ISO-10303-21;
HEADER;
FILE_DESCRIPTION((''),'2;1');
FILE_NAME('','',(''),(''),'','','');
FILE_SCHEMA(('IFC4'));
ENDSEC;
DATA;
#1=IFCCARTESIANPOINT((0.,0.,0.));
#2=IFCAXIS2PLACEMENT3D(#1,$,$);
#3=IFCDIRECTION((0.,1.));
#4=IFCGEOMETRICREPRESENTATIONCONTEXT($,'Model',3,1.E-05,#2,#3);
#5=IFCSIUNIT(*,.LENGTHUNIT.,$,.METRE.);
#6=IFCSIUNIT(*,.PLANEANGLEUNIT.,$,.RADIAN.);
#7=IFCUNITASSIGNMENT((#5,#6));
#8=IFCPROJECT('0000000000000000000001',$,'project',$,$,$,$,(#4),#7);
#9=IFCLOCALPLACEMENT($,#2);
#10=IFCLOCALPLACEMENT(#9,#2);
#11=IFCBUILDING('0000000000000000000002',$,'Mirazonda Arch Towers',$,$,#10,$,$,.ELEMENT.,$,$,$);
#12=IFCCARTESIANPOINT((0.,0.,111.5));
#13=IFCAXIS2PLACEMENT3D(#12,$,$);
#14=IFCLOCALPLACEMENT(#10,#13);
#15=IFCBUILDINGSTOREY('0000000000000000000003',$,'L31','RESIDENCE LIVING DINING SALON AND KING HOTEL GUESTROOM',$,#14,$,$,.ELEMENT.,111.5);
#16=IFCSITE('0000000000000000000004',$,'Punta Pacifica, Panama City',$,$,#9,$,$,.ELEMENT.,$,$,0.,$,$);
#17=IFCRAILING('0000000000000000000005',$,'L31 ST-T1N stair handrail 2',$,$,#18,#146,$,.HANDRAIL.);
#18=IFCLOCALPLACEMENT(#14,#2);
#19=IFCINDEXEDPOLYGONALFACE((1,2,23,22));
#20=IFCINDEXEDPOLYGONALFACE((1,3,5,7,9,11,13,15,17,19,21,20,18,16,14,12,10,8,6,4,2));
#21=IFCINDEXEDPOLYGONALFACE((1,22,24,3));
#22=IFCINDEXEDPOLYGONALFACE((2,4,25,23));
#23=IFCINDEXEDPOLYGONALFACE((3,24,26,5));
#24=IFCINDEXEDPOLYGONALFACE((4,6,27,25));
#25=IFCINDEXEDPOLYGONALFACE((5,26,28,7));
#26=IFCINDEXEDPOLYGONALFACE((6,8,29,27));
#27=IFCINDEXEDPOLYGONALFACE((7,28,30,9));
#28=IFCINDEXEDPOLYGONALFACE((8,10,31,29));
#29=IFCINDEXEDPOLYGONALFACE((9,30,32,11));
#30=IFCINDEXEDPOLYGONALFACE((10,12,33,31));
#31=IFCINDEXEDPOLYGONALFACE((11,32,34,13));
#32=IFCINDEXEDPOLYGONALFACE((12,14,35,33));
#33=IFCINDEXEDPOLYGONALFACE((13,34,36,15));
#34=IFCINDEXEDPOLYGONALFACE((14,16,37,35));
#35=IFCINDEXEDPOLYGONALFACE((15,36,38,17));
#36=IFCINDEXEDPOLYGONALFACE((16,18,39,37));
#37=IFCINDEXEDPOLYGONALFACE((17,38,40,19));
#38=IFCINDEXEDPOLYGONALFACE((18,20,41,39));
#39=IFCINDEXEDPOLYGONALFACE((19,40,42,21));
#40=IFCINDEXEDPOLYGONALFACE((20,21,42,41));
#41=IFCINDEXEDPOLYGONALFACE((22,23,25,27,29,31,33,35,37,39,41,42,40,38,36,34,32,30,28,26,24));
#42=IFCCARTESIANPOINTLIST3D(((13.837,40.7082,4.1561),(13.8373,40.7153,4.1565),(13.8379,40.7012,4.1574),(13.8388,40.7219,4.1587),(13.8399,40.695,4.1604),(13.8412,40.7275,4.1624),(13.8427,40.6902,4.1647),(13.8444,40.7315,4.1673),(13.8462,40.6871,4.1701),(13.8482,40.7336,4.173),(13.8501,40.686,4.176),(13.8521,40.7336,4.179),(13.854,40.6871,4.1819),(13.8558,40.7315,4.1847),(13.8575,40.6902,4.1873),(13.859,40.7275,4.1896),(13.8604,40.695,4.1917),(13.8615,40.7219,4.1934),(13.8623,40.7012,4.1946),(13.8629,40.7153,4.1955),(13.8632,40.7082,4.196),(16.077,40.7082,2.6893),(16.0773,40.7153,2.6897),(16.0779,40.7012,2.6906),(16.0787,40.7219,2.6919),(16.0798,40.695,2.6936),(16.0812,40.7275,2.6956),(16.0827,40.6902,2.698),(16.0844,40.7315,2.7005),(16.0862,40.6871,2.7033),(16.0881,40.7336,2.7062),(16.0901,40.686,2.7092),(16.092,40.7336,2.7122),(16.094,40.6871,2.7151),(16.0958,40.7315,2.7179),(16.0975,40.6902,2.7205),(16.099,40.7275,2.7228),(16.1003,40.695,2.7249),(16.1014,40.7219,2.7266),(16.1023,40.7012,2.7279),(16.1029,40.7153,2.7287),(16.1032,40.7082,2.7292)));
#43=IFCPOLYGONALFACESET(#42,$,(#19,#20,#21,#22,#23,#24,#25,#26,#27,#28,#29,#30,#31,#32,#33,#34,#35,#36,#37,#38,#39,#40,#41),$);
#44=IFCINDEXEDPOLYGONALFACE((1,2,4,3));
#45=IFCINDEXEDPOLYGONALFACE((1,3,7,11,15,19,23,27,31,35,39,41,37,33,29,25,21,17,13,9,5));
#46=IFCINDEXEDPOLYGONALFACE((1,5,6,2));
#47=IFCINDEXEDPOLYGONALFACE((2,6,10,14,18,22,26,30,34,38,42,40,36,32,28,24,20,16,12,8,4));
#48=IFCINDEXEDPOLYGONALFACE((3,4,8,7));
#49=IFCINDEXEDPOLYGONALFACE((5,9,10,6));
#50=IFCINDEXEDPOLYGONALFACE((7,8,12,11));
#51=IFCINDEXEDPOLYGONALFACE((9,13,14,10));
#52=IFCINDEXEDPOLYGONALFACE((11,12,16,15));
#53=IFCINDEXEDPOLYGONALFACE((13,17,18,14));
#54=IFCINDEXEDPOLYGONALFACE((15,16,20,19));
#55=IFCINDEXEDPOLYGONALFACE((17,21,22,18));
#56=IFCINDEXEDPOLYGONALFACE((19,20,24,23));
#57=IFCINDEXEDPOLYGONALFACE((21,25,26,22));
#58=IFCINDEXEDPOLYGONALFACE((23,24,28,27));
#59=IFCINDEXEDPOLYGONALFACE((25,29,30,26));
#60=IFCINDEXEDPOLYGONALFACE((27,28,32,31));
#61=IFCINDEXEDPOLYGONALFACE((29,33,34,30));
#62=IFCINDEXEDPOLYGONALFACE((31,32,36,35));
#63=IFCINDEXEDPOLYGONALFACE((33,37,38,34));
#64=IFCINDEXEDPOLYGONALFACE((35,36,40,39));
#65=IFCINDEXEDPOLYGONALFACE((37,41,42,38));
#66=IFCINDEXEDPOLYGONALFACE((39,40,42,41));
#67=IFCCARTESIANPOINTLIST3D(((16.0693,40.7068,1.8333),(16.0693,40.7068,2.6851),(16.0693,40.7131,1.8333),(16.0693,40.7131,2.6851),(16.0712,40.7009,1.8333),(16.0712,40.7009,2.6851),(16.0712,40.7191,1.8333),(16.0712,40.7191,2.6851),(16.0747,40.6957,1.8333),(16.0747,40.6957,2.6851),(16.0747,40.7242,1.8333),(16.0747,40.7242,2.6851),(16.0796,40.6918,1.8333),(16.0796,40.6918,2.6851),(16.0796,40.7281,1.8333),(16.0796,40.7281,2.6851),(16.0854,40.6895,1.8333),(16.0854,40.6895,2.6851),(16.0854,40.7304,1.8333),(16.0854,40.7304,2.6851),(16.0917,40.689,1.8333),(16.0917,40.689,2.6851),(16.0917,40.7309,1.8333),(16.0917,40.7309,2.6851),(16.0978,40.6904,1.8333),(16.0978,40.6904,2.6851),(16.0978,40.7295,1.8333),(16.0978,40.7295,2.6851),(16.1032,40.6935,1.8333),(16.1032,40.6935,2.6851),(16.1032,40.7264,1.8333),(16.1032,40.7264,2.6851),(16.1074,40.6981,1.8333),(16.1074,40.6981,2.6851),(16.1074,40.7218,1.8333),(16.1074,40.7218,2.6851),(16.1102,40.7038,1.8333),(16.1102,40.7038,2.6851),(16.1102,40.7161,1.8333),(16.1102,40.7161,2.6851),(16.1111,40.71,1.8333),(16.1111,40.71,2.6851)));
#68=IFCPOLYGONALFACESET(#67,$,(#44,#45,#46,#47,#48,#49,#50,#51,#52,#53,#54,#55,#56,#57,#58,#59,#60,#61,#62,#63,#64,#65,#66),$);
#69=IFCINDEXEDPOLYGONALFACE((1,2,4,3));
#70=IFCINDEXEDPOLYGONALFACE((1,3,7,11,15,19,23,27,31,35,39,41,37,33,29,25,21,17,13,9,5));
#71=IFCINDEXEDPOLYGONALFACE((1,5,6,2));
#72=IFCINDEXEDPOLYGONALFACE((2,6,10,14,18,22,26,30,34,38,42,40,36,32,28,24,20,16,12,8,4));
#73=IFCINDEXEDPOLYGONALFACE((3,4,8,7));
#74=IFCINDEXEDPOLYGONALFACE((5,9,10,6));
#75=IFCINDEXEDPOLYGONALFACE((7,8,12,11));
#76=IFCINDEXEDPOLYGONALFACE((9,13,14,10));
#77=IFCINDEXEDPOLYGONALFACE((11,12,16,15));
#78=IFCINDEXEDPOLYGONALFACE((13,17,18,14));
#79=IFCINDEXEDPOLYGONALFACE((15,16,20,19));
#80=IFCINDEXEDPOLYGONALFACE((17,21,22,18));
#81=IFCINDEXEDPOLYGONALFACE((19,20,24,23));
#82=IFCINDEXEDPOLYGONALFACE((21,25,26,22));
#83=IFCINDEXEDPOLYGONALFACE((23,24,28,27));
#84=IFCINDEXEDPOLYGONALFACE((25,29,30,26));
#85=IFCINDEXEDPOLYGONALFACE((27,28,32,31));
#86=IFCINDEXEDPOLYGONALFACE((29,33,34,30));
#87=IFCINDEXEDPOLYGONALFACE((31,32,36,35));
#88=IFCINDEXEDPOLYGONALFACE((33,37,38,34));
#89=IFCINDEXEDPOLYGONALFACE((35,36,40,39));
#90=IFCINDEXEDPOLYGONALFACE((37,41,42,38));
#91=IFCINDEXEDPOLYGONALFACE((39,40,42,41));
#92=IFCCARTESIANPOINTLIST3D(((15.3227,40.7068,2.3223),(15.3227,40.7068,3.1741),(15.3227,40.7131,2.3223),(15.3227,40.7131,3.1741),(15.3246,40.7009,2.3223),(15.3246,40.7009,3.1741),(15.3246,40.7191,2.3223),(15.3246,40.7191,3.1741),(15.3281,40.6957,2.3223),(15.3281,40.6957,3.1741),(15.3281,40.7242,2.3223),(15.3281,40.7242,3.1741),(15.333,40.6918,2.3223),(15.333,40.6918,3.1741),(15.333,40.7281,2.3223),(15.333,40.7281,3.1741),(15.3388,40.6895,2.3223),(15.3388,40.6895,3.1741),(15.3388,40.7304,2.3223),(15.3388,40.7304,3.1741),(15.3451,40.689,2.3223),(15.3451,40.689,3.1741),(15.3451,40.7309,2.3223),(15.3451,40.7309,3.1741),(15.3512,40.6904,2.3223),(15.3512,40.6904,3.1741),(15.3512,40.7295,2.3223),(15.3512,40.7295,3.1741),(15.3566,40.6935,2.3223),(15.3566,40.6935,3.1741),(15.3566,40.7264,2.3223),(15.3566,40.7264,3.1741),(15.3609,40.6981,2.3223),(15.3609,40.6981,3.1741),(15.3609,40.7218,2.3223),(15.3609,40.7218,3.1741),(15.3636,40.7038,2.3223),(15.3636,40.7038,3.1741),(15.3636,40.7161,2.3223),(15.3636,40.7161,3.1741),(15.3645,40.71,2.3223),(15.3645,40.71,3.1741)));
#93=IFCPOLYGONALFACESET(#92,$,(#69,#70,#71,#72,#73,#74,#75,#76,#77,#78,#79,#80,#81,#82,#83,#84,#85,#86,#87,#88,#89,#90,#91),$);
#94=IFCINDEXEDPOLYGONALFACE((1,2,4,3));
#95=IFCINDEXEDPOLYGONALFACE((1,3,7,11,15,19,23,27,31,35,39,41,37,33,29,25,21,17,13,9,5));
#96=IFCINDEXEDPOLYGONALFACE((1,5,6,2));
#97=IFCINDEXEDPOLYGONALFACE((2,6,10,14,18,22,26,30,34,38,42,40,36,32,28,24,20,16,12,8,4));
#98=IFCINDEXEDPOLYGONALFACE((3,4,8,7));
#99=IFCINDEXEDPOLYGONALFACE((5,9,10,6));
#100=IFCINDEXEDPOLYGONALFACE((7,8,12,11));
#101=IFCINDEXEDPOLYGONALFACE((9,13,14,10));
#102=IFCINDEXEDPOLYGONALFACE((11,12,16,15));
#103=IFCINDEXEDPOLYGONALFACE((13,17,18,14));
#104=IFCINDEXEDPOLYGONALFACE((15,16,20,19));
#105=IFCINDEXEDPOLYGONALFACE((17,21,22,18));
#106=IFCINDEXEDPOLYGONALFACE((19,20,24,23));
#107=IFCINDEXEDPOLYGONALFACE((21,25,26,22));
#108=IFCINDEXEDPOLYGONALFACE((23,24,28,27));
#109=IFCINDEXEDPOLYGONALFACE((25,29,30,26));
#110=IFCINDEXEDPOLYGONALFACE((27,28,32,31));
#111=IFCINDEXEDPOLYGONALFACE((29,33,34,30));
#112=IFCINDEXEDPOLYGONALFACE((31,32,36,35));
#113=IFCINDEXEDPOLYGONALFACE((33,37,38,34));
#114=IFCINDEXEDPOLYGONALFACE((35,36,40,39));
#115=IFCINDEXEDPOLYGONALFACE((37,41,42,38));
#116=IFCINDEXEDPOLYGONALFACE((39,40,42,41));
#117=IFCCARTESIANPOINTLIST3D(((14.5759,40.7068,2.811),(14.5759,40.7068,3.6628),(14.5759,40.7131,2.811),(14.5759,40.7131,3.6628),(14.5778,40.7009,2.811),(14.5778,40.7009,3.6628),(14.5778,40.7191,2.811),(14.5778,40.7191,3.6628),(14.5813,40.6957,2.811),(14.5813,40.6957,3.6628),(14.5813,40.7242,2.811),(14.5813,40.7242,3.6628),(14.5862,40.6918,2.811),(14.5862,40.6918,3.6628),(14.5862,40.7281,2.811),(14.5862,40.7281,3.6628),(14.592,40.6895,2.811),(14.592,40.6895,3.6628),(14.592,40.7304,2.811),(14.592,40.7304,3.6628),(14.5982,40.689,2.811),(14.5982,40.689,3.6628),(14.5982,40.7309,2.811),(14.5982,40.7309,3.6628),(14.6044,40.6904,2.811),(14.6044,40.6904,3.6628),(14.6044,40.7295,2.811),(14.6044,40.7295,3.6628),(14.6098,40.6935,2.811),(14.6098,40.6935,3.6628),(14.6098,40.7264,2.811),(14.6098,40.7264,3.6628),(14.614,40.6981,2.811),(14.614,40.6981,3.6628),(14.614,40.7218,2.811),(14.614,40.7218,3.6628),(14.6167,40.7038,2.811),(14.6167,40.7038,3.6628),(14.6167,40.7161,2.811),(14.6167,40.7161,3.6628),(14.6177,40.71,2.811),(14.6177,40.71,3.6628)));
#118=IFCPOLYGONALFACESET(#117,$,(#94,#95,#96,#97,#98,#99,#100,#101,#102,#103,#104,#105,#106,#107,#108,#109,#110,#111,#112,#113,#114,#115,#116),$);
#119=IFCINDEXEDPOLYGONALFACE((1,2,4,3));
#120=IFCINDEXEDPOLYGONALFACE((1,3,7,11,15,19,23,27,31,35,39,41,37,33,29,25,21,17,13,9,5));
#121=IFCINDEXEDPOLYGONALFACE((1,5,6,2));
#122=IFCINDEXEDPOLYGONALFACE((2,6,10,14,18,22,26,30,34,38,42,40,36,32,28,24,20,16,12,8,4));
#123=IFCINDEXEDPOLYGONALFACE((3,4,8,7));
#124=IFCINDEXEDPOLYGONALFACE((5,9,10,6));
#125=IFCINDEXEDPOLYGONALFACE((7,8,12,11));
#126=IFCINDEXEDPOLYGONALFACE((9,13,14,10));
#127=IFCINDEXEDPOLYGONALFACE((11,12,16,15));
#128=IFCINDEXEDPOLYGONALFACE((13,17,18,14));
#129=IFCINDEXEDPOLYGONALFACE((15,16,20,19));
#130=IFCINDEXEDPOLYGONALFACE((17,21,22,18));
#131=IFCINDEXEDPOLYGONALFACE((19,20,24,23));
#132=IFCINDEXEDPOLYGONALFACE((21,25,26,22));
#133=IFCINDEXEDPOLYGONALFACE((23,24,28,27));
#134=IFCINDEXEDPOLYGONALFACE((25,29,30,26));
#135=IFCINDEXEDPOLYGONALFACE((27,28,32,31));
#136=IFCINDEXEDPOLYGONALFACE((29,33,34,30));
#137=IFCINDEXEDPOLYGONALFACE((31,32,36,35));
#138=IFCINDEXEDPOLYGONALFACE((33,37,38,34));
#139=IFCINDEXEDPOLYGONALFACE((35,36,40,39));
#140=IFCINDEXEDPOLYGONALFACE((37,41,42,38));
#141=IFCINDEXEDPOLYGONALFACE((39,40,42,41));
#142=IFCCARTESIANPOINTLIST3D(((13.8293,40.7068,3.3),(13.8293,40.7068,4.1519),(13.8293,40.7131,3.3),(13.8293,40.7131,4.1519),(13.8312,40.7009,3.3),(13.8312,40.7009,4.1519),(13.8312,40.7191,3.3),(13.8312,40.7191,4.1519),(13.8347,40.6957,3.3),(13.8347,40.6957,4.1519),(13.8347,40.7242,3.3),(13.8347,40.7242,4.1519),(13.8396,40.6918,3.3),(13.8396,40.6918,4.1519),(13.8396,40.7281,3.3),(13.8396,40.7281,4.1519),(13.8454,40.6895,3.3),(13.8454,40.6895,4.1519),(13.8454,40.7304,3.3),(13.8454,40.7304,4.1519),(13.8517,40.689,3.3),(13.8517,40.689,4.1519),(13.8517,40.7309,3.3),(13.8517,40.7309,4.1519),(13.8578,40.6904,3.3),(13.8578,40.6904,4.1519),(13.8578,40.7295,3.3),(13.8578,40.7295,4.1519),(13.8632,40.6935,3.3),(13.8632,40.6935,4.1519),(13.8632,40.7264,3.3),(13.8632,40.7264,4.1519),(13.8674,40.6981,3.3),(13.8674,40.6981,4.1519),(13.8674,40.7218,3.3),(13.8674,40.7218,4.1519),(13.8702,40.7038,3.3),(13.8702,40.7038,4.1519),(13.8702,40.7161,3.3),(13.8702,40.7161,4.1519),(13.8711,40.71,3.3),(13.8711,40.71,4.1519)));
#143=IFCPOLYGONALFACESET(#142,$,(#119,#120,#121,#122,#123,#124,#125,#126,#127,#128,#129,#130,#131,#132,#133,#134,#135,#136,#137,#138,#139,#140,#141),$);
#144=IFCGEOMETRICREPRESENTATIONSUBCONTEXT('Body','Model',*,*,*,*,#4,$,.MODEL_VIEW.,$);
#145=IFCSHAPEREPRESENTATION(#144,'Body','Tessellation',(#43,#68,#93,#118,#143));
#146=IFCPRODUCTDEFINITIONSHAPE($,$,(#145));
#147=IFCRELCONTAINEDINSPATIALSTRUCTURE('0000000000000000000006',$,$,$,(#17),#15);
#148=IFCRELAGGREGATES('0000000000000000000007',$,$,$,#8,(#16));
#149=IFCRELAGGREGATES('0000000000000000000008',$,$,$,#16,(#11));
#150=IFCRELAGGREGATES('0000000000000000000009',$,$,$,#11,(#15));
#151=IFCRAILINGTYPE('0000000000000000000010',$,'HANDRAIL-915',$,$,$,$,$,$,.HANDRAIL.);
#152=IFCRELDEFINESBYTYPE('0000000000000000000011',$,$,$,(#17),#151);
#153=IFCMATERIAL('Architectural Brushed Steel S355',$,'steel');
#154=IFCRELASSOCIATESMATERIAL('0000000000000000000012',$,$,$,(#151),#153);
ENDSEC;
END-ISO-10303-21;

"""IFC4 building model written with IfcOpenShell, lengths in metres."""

from ifc_helpers import new_model, si_unit, direction, frame, origin, origin_2d, place, context, subcontext, project, spatial, circle, extrude, material, type_object, element, save


model = new_model("IFC4")

# Units and contexts
model_context = context("Model", 3, precision=1e-05, world=origin(), true_north=direction((0.0, 1.0)))
body_context = subcontext(model_context, "Body", "Model", "MODEL_VIEW")
ifc_project = project(units=[si_unit("LENGTHUNIT", "METRE"), si_unit("PLANEANGLEUNIT", "RADIAN")], contexts=[model_context])

# Site, building, storey
site_placement = place(None, origin())
site = spatial("IfcSite", under=ifc_project, at=site_placement, Name="Punta Pacifica, Panama City", CompositionType="ELEMENT", RefElevation=0.0)
building_placement = place(site_placement, origin())
building = spatial("IfcBuilding", under=site, at=building_placement, Name="Mirazonda Arch Towers", CompositionType="ELEMENT")
storey_placement = place(building_placement, frame((0.0, 0.0, 111.5)))
storey = spatial("IfcBuildingStorey", under=building, at=storey_placement, Name="L31", Description="RESIDENCE LIVING DINING SALON AND KING HOTEL GUESTROOM", CompositionType="ELEMENT", Elevation=111.5)

# Shared definitions
ifc_material_1 = material(Name="Architectural Brushed Steel S355", Category="steel")

# Railing
railing_type_1 = type_object("IfcRailingType", Name="HANDRAIL-915", PredefinedType="HANDRAIL", material=ifc_material_1)
railing_1_placement = place(storey_placement, frame((16.0901, 40.71, 1.8333)))
element("IfcRailing", 1, at=railing_1_placement, inside=storey, type_object=railing_type_1, Name="L31 ST-T1N stair handrail 2", PredefinedType="HANDRAIL", context=body_context, shape_type="SweptSolid", body=[
    extrude(circle(Radius=0.0239, at=origin_2d()), frame((0.0, 0.0, 0.876), z_axis=(-0.836595, 0.0, 0.547822), x_axis=(0.0, -1.0, 0.0)), (0.0, 0.0, 1.0), 2.6775),
    extrude(circle(Radius=0.021, at=origin_2d()), origin(), (0.0, 0.0, 1.0), 0.8518),
    extrude(circle(Radius=0.021, at=origin_2d()), frame((-0.7466, 0.0, 0.489)), (0.0, 0.0, 1.0), 0.8518),
    extrude(circle(Radius=0.021, at=origin_2d()), frame((-1.4934, 0.0, 0.9778)), (0.0, 0.0, 1.0), 0.8518),
    extrude(circle(Radius=0.021, at=origin_2d()), frame((-2.24, 0.0, 1.4668)), (0.0, 0.0, 1.0), 0.8518),
])

save(model, "model.ifc")
